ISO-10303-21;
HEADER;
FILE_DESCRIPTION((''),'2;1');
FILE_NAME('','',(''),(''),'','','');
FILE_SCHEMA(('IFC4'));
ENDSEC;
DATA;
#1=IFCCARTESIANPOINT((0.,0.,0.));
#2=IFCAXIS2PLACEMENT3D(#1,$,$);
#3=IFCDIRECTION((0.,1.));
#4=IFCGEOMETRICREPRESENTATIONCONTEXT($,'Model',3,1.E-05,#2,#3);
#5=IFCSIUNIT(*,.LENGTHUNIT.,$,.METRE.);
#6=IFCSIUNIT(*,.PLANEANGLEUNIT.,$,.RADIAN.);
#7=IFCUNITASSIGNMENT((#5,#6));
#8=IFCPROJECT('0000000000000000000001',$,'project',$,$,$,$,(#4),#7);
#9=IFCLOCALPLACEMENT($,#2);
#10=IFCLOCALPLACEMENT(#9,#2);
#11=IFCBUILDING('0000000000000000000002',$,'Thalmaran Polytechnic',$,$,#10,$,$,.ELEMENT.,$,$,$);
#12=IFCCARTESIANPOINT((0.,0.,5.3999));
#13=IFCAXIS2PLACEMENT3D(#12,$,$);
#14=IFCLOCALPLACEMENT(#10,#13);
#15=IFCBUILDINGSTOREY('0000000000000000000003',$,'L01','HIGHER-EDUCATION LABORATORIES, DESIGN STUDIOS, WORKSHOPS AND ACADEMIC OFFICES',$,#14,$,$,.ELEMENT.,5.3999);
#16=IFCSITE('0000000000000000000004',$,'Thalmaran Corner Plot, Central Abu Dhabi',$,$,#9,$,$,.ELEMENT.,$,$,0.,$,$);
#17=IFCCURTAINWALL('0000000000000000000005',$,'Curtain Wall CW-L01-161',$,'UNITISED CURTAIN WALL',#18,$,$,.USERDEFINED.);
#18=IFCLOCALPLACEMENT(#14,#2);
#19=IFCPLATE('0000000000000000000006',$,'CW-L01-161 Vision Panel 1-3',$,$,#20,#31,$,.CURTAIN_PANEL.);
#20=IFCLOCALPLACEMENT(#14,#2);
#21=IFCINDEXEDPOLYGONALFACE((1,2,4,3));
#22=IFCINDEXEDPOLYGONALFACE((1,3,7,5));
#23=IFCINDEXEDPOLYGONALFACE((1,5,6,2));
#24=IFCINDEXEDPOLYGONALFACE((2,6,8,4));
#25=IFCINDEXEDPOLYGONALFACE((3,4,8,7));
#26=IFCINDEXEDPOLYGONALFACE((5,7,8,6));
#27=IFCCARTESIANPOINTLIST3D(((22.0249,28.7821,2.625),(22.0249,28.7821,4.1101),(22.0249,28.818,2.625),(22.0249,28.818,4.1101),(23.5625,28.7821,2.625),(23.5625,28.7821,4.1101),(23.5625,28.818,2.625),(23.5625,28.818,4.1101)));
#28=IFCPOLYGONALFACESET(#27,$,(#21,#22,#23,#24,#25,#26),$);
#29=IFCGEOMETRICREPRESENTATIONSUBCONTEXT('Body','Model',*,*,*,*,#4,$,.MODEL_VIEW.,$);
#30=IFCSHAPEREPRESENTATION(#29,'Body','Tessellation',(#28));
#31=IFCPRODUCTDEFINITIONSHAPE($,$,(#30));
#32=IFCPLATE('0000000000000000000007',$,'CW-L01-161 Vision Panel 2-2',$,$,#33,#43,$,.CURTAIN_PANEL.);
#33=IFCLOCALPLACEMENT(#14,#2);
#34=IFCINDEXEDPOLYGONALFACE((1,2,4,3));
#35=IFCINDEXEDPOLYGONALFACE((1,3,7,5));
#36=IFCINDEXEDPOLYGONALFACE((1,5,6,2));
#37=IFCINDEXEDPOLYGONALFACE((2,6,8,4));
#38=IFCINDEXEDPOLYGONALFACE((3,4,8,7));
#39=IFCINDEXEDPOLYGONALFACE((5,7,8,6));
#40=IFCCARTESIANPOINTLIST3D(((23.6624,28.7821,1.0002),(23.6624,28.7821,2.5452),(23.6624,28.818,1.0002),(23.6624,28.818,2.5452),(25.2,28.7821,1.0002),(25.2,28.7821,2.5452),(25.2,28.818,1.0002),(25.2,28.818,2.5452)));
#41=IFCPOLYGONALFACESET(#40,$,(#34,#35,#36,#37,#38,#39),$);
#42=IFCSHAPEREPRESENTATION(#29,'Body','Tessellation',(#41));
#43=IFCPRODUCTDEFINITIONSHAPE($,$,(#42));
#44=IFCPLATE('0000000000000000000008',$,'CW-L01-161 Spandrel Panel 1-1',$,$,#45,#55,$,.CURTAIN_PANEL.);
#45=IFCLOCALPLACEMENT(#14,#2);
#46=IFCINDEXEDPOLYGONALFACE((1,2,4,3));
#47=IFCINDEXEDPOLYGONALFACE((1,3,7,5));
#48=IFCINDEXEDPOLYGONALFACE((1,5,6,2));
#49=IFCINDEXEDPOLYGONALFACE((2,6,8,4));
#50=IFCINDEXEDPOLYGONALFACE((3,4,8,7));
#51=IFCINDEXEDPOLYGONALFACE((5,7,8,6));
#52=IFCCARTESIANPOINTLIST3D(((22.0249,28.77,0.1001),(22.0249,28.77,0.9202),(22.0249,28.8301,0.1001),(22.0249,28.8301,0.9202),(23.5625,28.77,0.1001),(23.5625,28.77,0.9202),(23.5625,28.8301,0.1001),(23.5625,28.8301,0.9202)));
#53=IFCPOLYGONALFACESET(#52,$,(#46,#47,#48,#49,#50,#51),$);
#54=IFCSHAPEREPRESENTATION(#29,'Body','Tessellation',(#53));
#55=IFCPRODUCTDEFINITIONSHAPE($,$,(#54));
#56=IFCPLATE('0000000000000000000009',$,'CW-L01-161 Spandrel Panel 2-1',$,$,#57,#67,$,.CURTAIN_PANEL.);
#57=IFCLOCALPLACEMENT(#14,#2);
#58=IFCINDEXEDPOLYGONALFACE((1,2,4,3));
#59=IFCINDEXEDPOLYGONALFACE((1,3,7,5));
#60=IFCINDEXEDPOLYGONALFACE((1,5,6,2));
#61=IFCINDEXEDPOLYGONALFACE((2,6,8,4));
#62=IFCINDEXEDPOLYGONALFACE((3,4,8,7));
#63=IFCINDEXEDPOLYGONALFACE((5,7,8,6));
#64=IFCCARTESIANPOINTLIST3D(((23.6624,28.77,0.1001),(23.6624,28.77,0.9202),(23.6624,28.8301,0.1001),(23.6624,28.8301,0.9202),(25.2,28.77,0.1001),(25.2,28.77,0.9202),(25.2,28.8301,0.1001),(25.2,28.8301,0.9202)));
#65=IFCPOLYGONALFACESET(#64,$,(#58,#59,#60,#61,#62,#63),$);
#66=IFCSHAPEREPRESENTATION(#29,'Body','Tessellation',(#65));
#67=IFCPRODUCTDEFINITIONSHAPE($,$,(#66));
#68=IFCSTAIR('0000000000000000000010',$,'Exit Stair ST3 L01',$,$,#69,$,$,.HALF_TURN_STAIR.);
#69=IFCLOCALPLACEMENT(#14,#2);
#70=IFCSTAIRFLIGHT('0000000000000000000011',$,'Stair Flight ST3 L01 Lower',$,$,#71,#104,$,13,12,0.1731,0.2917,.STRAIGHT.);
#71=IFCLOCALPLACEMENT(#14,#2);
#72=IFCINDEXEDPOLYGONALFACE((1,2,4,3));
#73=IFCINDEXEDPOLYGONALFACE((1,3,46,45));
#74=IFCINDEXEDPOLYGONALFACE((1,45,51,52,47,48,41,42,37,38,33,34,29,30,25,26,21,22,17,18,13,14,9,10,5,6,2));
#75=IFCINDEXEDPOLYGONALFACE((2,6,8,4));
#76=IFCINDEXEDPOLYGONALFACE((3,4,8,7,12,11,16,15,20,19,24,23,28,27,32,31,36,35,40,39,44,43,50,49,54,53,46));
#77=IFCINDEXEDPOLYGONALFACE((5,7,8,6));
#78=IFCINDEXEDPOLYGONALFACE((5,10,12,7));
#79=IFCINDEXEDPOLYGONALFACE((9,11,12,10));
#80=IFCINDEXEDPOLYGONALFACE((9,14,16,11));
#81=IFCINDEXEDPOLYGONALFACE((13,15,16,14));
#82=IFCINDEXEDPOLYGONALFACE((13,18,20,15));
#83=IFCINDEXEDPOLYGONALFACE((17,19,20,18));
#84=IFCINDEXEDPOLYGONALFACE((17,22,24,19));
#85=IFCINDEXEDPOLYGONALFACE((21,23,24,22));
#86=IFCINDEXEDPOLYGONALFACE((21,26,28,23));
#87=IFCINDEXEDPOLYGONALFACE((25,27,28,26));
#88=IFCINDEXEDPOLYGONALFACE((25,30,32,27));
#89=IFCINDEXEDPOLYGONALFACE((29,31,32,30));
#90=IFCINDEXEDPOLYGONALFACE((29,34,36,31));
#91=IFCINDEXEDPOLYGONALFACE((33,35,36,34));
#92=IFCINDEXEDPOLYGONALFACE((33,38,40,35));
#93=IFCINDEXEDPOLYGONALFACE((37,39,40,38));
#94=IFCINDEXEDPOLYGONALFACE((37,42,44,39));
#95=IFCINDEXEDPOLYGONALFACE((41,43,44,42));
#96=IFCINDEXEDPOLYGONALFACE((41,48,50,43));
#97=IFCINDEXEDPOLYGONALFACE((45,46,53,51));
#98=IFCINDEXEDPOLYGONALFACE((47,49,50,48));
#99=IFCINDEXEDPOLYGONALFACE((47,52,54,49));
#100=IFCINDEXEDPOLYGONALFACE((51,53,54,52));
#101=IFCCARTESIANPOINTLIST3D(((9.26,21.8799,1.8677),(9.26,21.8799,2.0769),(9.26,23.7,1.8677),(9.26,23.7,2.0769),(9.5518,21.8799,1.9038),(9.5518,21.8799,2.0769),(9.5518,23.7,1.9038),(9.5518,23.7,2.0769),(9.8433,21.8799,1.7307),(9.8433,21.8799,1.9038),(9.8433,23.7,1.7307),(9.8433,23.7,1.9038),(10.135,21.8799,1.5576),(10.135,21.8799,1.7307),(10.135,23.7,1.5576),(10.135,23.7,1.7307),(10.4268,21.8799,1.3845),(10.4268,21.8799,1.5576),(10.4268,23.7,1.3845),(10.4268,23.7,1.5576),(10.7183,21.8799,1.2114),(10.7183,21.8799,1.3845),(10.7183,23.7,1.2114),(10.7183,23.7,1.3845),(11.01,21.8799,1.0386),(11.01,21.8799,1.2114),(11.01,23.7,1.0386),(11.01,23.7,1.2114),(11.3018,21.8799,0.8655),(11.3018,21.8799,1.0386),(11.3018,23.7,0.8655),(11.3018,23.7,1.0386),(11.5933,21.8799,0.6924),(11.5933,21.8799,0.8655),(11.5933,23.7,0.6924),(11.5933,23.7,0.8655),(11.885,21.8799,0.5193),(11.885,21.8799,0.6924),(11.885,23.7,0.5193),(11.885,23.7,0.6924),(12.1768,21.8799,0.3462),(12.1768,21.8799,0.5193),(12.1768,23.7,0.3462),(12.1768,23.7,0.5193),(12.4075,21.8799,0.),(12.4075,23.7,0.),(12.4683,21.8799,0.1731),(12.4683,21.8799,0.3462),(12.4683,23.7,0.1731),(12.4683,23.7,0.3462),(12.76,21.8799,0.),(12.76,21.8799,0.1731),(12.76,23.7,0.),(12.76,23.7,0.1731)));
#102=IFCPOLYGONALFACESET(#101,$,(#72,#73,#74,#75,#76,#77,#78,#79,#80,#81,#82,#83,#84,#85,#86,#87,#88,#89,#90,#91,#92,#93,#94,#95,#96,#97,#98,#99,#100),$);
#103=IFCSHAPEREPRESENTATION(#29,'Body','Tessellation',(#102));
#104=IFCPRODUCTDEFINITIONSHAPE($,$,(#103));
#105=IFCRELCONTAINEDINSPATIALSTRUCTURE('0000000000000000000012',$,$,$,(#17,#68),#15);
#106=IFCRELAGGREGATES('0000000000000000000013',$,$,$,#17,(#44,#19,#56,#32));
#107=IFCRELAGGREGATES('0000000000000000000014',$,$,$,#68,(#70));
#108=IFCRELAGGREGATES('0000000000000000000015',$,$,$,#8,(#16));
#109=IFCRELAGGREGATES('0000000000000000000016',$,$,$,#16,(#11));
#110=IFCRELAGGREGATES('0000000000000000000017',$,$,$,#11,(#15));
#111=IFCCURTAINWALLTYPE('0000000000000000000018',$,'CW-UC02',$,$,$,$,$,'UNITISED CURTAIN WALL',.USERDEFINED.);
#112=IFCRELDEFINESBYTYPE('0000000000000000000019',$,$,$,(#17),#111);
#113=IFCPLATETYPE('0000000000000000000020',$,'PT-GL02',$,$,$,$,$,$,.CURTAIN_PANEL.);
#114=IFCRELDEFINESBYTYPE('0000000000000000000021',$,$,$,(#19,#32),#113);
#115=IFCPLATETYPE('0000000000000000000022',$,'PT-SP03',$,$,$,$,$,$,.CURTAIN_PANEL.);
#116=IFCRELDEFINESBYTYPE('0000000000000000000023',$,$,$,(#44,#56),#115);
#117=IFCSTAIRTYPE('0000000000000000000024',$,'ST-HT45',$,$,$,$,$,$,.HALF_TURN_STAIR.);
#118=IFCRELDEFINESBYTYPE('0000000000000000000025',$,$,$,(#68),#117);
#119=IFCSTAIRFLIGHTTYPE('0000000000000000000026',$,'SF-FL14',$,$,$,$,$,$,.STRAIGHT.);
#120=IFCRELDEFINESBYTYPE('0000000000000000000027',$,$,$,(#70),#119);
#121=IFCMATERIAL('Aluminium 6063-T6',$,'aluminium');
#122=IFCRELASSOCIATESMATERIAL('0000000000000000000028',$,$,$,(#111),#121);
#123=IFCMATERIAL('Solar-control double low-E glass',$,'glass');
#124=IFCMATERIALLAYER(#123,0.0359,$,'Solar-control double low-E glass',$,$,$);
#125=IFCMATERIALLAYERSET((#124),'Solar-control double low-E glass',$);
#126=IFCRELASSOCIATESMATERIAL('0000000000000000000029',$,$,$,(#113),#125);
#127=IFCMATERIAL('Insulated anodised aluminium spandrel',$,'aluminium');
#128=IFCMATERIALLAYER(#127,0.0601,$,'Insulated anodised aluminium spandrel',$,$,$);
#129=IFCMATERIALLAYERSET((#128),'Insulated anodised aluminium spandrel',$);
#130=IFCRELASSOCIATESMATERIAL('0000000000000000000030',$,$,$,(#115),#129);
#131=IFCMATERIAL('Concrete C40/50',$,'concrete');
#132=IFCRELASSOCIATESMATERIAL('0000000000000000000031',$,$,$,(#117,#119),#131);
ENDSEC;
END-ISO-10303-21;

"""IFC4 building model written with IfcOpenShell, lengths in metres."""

from ifc_helpers import new_model, si_unit, direction, frame, origin, origin_2d, place, context, subcontext, project, spatial, polyline, rectangle, outline, extrude, material, layer, layer_set, type_object, element, aggregate, save


model = new_model("IFC4")

# Units and contexts
model_context = context("Model", 3, precision=1e-05, world=origin(), true_north=direction((0.0, 1.0)))
body_context = subcontext(model_context, "Body", "Model", "MODEL_VIEW")
ifc_project = project(units=[si_unit("LENGTHUNIT", "METRE"), si_unit("PLANEANGLEUNIT", "RADIAN")], contexts=[model_context])

# Site, building, storey
site_placement = place(None, origin())
site = spatial("IfcSite", under=ifc_project, at=site_placement, Name="Thalmaran Corner Plot, Central Abu Dhabi", CompositionType="ELEMENT", RefElevation=0.0)
building_placement = place(site_placement, origin())
building = spatial("IfcBuilding", under=site, at=building_placement, Name="Thalmaran Polytechnic", CompositionType="ELEMENT")
storey_placement = place(building_placement, frame((0.0, 0.0, 5.3999)))
storey = spatial("IfcBuildingStorey", under=building, at=storey_placement, Name="L01", Description="HIGHER-EDUCATION LABORATORIES, DESIGN STUDIOS, WORKSHOPS AND ACADEMIC OFFICES", CompositionType="ELEMENT", Elevation=5.3999)

# Shared definitions
ifc_material_1 = material(Name="Concrete C40/50", Category="concrete")

# Curtain wall, plates
ifc_material_2 = material(Name="Aluminium 6063-T6", Category="aluminium")
curtain_wall_type = type_object("IfcCurtainWallType", Name="CW-UC02", ElementType="UNITISED CURTAIN WALL", PredefinedType="USERDEFINED", material=ifc_material_2)
curtain_wall_placement = place(storey_placement, origin())
curtain_wall = element("IfcCurtainWall", 1, at=curtain_wall_placement, inside=storey, type_object=curtain_wall_type, Name="Curtain Wall CW-L01-161", ObjectType="UNITISED CURTAIN WALL", PredefinedType="USERDEFINED")
ifc_material_3 = material(Name="Solar-control double low-E glass", Category="glass")
ifc_layer_1 = layer(ifc_material_3, 0.0359, Name="Solar-control double low-E glass")
ifc_layer_set_1 = layer_set([ifc_layer_1], Name="Solar-control double low-E glass")
plate_type_1 = type_object("IfcPlateType", Name="PT-GL02", PredefinedType="CURTAIN_PANEL", material=ifc_layer_set_1)
plate_1_placement = place(storey_placement, frame((22.7937, 28.8, 2.625), z_axis=(0.0, 0.0, 1.0), x_axis=(1.0, 0.0, 0.0)))
plate_1 = element("IfcPlate", 2, at=plate_1_placement, type_object=plate_type_1, Name="CW-L01-161 Vision Panel 1-3", PredefinedType="CURTAIN_PANEL", context=body_context, shape_type="SweptSolid", body=[
    extrude(rectangle(XDim=1.5376, YDim=0.0359, at=origin_2d()), origin(), (0.0, 0.0, 1.0), 1.4851),
])
plate_2_placement = place(storey_placement, frame((24.4312, 28.8, 1.0002), z_axis=(0.0, 0.0, 1.0), x_axis=(1.0, 0.0, 0.0)))
plate_2 = element("IfcPlate", 3, at=plate_2_placement, type_object=plate_type_1, Name="CW-L01-161 Vision Panel 2-2", PredefinedType="CURTAIN_PANEL", context=body_context, shape_type="SweptSolid", body=[
    extrude(rectangle(XDim=1.5376, YDim=0.0359, at=origin_2d()), origin(), (0.0, 0.0, 1.0), 1.5449),
])
ifc_material_4 = material(Name="Insulated anodised aluminium spandrel", Category="aluminium")
ifc_layer_2 = layer(ifc_material_4, 0.0601, Name="Insulated anodised aluminium spandrel")
ifc_layer_set_2 = layer_set([ifc_layer_2], Name="Insulated anodised aluminium spandrel")
plate_type_2 = type_object("IfcPlateType", Name="PT-SP03", PredefinedType="CURTAIN_PANEL", material=ifc_layer_set_2)
plate_3_placement = place(storey_placement, frame((22.7937, 28.8, 0.1001), z_axis=(0.0, 0.0, 1.0), x_axis=(1.0, 0.0, 0.0)))
plate_3 = element("IfcPlate", 4, at=plate_3_placement, type_object=plate_type_2, Name="CW-L01-161 Spandrel Panel 1-1", PredefinedType="CURTAIN_PANEL", context=body_context, shape_type="SweptSolid", body=[
    extrude(rectangle(XDim=1.5376, YDim=0.0601, at=origin_2d()), origin(), (0.0, 0.0, 1.0), 0.8201),
])
plate_4_placement = place(storey_placement, frame((24.4312, 28.8, 0.1001), z_axis=(0.0, 0.0, 1.0), x_axis=(1.0, 0.0, 0.0)))
plate_4 = element("IfcPlate", 5, at=plate_4_placement, type_object=plate_type_2, Name="CW-L01-161 Spandrel Panel 2-1", PredefinedType="CURTAIN_PANEL", context=body_context, shape_type="SweptSolid", body=[
    extrude(rectangle(XDim=1.5376, YDim=0.0601, at=origin_2d()), origin(), (0.0, 0.0, 1.0), 0.8201),
])
aggregate(curtain_wall, [plate_3, plate_1, plate_4, plate_2])

# Stair, stair flight
stair_type = type_object("IfcStairType", Name="ST-HT45", PredefinedType="HALF_TURN_STAIR", material=ifc_material_1)
stair_placement = place(storey_placement, origin())
stair = element("IfcStair", 6, at=stair_placement, inside=storey, type_object=stair_type, Name="Exit Stair ST3 L01", PredefinedType="HALF_TURN_STAIR")
stair_flight_type = type_object("IfcStairFlightType", Name="SF-FL14", PredefinedType="STRAIGHT", material=ifc_material_1)
stair_flight_placement = place(storey_placement, frame((12.76, 22.79, 0.0), z_axis=(0.0, 0.0, 1.0), x_axis=(-1.0, 0.0, 0.0)))
stair_flight = element("IfcStairFlight", 7, at=stair_flight_placement, type_object=stair_flight_type, Name="Stair Flight ST3 L01 Lower", NumberOfRisers=13, NumberOfTreads=12, PredefinedType="STRAIGHT", RiserHeight=0.1731, TreadLength=0.2917, context=body_context, shape_type="SweptSolid", body=[
    extrude(outline(polyline([(0.0, 0.0), (0.0, 0.1731), (0.2917, 0.1731), (0.2917, 0.3462), (0.5833, 0.3462), (0.5833, 0.5193), (0.875, 0.5193), (0.875, 0.6924), (1.1667, 0.6924), (1.1667, 0.8655), (1.4583, 0.8655), (1.4583, 1.0386), (1.75, 1.0386), (1.75, 1.2114), (2.0417, 1.2114), (2.0417, 1.3845), (2.3333, 1.3845), (2.3333, 1.5576), (2.625, 1.5576), (2.625, 1.7307), (2.9167, 1.7307), (2.9167, 1.9038), (3.2083, 1.9038), (3.2083, 2.0769), (3.5, 2.0769), (3.5, 2.25), (3.5, 1.8677), (0.3525, 0.0), (0.0, 0.0)])), frame((0.0, 0.9102, 0.0), z_axis=(0.0, -1.0, 0.0), x_axis=(1.0, 0.0, 0.0)), (0.0, 0.0, 1.0), 1.8201),
])
aggregate(stair, [stair_flight])

save(model, "model.ifc")
